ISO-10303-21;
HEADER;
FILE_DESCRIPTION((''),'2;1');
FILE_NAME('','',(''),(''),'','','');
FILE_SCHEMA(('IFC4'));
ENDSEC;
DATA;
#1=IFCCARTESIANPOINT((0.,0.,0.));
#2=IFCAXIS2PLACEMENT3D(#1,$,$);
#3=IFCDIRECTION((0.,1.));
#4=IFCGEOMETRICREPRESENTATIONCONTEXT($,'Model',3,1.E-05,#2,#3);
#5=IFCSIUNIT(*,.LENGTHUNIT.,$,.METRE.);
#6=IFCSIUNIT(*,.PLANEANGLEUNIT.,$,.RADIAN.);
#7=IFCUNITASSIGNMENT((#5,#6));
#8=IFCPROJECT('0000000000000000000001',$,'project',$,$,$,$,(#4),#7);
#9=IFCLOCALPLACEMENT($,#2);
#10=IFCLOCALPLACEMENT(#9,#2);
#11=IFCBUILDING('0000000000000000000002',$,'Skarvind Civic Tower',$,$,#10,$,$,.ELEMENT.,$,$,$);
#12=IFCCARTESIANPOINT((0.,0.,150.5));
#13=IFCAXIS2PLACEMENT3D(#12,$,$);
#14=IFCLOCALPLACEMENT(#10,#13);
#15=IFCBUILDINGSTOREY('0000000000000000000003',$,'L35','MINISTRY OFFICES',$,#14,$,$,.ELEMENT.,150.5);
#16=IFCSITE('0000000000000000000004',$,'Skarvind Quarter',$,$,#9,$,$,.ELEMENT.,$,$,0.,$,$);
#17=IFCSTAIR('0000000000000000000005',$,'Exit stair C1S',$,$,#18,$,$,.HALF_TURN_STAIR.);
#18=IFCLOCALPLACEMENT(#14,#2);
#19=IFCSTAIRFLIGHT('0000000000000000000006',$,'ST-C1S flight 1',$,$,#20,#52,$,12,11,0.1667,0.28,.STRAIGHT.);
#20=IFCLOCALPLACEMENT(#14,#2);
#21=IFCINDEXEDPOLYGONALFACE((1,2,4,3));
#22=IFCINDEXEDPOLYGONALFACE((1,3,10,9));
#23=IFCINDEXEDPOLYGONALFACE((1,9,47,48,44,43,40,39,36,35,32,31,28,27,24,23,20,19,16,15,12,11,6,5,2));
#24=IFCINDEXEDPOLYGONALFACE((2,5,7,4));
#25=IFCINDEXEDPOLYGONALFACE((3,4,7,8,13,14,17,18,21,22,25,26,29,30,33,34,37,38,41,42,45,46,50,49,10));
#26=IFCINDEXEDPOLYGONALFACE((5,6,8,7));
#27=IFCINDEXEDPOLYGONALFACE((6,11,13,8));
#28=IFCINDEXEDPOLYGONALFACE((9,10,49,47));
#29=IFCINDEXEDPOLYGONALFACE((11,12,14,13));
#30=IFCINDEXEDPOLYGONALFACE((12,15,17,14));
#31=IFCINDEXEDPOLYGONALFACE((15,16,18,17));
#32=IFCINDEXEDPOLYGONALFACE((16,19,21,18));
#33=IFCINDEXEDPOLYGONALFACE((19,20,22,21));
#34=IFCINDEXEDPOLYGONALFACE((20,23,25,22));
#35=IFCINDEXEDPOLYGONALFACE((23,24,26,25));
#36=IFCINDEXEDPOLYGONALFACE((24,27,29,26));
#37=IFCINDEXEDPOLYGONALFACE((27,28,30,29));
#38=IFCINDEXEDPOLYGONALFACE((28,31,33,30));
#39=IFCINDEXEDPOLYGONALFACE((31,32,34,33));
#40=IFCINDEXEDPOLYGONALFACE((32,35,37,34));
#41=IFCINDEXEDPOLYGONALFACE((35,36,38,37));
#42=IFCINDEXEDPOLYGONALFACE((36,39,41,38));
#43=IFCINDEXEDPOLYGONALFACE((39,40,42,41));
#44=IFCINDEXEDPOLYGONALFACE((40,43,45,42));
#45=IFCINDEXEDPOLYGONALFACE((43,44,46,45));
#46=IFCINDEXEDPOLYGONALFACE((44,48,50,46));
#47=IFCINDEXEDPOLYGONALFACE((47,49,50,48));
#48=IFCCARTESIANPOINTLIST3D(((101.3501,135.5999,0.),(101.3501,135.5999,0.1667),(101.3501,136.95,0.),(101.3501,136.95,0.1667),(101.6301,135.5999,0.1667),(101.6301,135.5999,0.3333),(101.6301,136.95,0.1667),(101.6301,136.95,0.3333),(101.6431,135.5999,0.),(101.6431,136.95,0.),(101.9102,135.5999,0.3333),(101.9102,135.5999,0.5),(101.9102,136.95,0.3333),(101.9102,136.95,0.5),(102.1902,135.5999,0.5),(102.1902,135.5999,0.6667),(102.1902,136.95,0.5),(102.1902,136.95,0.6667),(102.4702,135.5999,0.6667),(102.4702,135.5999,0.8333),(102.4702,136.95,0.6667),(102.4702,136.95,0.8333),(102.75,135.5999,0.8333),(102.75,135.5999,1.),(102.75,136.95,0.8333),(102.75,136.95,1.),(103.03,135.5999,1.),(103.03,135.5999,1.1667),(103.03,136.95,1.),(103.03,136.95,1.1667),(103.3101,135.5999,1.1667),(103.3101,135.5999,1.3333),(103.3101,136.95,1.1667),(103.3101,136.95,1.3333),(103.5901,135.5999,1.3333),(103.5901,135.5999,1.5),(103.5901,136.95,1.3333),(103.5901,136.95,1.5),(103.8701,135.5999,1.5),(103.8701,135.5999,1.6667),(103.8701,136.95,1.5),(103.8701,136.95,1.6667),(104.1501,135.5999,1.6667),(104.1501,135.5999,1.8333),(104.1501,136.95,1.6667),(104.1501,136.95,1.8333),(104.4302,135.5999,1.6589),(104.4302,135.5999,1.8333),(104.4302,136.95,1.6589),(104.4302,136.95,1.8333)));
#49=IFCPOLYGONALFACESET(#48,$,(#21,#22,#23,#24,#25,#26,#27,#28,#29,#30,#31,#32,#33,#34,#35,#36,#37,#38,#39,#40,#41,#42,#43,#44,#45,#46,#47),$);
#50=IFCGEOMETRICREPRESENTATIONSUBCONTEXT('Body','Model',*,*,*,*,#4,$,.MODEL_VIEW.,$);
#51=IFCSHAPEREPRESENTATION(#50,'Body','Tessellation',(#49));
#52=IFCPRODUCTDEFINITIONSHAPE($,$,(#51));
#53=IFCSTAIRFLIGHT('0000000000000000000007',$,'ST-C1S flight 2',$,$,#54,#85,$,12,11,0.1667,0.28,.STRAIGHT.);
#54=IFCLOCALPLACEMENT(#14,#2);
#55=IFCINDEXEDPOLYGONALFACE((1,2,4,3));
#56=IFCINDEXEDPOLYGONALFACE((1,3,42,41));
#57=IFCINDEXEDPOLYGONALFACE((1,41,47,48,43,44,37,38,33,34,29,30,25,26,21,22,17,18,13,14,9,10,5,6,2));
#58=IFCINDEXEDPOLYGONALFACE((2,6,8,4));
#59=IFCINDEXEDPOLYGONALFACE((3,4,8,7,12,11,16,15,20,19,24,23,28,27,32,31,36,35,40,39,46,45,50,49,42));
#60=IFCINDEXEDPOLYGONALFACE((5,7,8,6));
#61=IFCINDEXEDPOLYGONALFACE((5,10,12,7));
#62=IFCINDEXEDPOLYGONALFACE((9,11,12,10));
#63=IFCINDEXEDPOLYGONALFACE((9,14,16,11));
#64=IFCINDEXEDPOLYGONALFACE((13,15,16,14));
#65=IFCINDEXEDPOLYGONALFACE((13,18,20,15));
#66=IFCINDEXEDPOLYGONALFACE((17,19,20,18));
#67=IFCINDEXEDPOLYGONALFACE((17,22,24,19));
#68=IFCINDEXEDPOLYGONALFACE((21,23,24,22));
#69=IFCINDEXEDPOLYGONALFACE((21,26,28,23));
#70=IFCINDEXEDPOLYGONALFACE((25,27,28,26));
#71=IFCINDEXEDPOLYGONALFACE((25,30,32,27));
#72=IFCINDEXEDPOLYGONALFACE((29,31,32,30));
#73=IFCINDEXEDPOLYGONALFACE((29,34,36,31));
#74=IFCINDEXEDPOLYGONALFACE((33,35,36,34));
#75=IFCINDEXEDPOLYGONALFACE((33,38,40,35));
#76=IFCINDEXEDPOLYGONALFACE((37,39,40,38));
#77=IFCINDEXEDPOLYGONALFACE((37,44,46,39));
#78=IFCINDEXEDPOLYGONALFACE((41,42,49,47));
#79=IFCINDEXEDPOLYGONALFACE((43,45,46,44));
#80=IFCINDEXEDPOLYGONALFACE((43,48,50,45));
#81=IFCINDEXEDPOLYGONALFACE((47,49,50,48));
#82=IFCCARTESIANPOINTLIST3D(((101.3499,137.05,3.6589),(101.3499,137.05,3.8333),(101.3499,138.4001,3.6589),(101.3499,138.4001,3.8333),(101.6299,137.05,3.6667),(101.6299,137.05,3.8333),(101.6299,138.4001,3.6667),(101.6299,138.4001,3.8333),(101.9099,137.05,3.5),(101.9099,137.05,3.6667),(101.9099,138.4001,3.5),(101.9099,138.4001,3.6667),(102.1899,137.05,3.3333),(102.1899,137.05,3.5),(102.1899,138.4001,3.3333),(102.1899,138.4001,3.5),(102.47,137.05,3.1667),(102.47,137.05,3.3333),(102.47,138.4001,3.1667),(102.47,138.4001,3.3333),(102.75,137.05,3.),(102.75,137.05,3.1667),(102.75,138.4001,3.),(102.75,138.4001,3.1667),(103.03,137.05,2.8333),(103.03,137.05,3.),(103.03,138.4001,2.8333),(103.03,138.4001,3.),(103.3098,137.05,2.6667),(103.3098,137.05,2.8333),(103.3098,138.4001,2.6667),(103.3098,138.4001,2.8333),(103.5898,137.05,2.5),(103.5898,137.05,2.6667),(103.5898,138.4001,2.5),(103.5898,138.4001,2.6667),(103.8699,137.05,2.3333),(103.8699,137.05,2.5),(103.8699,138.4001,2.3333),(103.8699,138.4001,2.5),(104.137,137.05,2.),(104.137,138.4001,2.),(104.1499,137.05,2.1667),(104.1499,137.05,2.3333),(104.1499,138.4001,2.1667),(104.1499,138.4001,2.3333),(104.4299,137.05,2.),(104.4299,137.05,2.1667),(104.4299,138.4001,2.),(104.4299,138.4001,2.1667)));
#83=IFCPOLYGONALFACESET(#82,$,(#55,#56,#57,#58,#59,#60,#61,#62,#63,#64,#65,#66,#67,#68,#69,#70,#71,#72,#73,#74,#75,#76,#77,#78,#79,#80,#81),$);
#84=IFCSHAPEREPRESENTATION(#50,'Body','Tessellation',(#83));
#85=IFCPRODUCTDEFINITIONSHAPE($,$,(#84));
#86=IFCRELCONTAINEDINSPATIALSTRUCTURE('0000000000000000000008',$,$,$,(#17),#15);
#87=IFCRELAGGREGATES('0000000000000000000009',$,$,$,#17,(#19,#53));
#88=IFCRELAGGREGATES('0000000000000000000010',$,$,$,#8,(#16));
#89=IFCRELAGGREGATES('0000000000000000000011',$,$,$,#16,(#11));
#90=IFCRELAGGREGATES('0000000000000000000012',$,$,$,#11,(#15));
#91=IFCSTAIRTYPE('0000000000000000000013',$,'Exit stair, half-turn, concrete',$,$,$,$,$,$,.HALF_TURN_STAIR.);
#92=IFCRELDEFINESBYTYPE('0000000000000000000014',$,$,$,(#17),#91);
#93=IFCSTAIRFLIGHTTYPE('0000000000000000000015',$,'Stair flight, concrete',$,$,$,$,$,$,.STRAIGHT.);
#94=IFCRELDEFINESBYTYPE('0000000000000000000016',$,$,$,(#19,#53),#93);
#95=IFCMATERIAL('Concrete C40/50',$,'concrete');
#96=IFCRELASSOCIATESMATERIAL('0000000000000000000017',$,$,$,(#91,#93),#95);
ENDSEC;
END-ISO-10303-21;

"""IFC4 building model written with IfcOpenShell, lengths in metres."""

from ifc_helpers import new_model, si_unit, direction, frame, origin, place, context, subcontext, project, spatial, polyline, outline, extrude, material, type_object, element, aggregate, save


model = new_model("IFC4")

# Units and contexts
model_context = context("Model", 3, precision=1e-05, world=origin(), true_north=direction((0.0, 1.0)))
body_context = subcontext(model_context, "Body", "Model", "MODEL_VIEW")
ifc_project = project(units=[si_unit("LENGTHUNIT", "METRE"), si_unit("PLANEANGLEUNIT", "RADIAN")], contexts=[model_context])

# Site, building, storey
site_placement = place(None, origin())
site = spatial("IfcSite", under=ifc_project, at=site_placement, Name="Skarvind Quarter", CompositionType="ELEMENT", RefElevation=0.0)
building_placement = place(site_placement, origin())
building = spatial("IfcBuilding", under=site, at=building_placement, Name="Skarvind Civic Tower", CompositionType="ELEMENT")
storey_placement = place(building_placement, frame((0.0, 0.0, 150.5)))
storey = spatial("IfcBuildingStorey", under=building, at=storey_placement, Name="L35", Description="MINISTRY OFFICES", CompositionType="ELEMENT", Elevation=150.5)

# Stair, stair flights
ifc_material_1 = material(Name="Concrete C40/50", Category="concrete")
stair_type = type_object("IfcStairType", Name="Exit stair, half-turn, concrete", PredefinedType="HALF_TURN_STAIR", material=ifc_material_1)
stair_placement = place(storey_placement, origin())
stair = element("IfcStair", 1, at=stair_placement, inside=storey, type_object=stair_type, Name="Exit stair C1S", PredefinedType="HALF_TURN_STAIR")
stair_flight_type = type_object("IfcStairFlightType", Name="Stair flight, concrete", PredefinedType="STRAIGHT", material=ifc_material_1)
stair_flight_1_placement = place(storey_placement, frame((101.3501, 136.2749, 0.0), z_axis=(0.0, 0.0, 1.0), x_axis=(1.0, 0.0, 0.0)))
stair_flight_1 = element("IfcStairFlight", 2, at=stair_flight_1_placement, type_object=stair_flight_type, Name="ST-C1S flight 1", NumberOfRisers=12, NumberOfTreads=11, PredefinedType="STRAIGHT", RiserHeight=0.1667, TreadLength=0.28, context=body_context, shape_type="SweptSolid", body=[
    extrude(outline(polyline([(0.0, 0.0), (0.0, 0.1667), (0.28, 0.1667), (0.28, 0.3333), (0.5601, 0.3333), (0.5601, 0.5), (0.8401, 0.5), (0.8401, 0.6667), (1.1201, 0.6667), (1.1201, 0.8333), (1.3999, 0.8333), (1.3999, 1.0), (1.6799, 1.0), (1.6799, 1.1667), (1.96, 1.1667), (1.96, 1.3333), (2.24, 1.3333), (2.24, 1.5), (2.52, 1.5), (2.52, 1.6667), (2.8, 1.6667), (2.8, 1.8333), (3.0801, 1.8333), (3.0801, 2.0), (3.0801, 1.6589), (0.293, 0.0), (0.0, 0.0)])), frame((0.0, 0.675, 0.0), z_axis=(0.0, -1.0, 0.0), x_axis=(1.0, 0.0, 0.0)), (0.0, 0.0, 1.0), 1.3501),
])
stair_flight_2_placement = place(storey_placement, frame((104.4299, 137.7251, 2.0), z_axis=(0.0, 0.0, 1.0), x_axis=(-1.0, 0.0, 0.0)))
stair_flight_2 = element("IfcStairFlight", 3, at=stair_flight_2_placement, type_object=stair_flight_type, Name="ST-C1S flight 2", NumberOfRisers=12, NumberOfTreads=11, PredefinedType="STRAIGHT", RiserHeight=0.1667, TreadLength=0.28, context=body_context, shape_type="SweptSolid", body=[
    extrude(outline(polyline([(0.0, 0.0), (0.0, 0.1667), (0.28, 0.1667), (0.28, 0.3333), (0.5601, 0.3333), (0.5601, 0.5), (0.8401, 0.5), (0.8401, 0.6667), (1.1201, 0.6667), (1.1201, 0.8333), (1.3999, 0.8333), (1.3999, 1.0), (1.6799, 1.0), (1.6799, 1.1667), (1.96, 1.1667), (1.96, 1.3333), (2.24, 1.3333), (2.24, 1.5), (2.52, 1.5), (2.52, 1.6667), (2.8, 1.6667), (2.8, 1.8333), (3.0801, 1.8333), (3.0801, 2.0), (3.0801, 1.6589), (0.293, 0.0), (0.0, 0.0)])), frame((0.0, 0.675, 0.0), z_axis=(0.0, -1.0, 0.0), x_axis=(1.0, 0.0, 0.0)), (0.0, 0.0, 1.0), 1.3501),
])
aggregate(stair, [stair_flight_1, stair_flight_2])

save(model, "model.ifc")
